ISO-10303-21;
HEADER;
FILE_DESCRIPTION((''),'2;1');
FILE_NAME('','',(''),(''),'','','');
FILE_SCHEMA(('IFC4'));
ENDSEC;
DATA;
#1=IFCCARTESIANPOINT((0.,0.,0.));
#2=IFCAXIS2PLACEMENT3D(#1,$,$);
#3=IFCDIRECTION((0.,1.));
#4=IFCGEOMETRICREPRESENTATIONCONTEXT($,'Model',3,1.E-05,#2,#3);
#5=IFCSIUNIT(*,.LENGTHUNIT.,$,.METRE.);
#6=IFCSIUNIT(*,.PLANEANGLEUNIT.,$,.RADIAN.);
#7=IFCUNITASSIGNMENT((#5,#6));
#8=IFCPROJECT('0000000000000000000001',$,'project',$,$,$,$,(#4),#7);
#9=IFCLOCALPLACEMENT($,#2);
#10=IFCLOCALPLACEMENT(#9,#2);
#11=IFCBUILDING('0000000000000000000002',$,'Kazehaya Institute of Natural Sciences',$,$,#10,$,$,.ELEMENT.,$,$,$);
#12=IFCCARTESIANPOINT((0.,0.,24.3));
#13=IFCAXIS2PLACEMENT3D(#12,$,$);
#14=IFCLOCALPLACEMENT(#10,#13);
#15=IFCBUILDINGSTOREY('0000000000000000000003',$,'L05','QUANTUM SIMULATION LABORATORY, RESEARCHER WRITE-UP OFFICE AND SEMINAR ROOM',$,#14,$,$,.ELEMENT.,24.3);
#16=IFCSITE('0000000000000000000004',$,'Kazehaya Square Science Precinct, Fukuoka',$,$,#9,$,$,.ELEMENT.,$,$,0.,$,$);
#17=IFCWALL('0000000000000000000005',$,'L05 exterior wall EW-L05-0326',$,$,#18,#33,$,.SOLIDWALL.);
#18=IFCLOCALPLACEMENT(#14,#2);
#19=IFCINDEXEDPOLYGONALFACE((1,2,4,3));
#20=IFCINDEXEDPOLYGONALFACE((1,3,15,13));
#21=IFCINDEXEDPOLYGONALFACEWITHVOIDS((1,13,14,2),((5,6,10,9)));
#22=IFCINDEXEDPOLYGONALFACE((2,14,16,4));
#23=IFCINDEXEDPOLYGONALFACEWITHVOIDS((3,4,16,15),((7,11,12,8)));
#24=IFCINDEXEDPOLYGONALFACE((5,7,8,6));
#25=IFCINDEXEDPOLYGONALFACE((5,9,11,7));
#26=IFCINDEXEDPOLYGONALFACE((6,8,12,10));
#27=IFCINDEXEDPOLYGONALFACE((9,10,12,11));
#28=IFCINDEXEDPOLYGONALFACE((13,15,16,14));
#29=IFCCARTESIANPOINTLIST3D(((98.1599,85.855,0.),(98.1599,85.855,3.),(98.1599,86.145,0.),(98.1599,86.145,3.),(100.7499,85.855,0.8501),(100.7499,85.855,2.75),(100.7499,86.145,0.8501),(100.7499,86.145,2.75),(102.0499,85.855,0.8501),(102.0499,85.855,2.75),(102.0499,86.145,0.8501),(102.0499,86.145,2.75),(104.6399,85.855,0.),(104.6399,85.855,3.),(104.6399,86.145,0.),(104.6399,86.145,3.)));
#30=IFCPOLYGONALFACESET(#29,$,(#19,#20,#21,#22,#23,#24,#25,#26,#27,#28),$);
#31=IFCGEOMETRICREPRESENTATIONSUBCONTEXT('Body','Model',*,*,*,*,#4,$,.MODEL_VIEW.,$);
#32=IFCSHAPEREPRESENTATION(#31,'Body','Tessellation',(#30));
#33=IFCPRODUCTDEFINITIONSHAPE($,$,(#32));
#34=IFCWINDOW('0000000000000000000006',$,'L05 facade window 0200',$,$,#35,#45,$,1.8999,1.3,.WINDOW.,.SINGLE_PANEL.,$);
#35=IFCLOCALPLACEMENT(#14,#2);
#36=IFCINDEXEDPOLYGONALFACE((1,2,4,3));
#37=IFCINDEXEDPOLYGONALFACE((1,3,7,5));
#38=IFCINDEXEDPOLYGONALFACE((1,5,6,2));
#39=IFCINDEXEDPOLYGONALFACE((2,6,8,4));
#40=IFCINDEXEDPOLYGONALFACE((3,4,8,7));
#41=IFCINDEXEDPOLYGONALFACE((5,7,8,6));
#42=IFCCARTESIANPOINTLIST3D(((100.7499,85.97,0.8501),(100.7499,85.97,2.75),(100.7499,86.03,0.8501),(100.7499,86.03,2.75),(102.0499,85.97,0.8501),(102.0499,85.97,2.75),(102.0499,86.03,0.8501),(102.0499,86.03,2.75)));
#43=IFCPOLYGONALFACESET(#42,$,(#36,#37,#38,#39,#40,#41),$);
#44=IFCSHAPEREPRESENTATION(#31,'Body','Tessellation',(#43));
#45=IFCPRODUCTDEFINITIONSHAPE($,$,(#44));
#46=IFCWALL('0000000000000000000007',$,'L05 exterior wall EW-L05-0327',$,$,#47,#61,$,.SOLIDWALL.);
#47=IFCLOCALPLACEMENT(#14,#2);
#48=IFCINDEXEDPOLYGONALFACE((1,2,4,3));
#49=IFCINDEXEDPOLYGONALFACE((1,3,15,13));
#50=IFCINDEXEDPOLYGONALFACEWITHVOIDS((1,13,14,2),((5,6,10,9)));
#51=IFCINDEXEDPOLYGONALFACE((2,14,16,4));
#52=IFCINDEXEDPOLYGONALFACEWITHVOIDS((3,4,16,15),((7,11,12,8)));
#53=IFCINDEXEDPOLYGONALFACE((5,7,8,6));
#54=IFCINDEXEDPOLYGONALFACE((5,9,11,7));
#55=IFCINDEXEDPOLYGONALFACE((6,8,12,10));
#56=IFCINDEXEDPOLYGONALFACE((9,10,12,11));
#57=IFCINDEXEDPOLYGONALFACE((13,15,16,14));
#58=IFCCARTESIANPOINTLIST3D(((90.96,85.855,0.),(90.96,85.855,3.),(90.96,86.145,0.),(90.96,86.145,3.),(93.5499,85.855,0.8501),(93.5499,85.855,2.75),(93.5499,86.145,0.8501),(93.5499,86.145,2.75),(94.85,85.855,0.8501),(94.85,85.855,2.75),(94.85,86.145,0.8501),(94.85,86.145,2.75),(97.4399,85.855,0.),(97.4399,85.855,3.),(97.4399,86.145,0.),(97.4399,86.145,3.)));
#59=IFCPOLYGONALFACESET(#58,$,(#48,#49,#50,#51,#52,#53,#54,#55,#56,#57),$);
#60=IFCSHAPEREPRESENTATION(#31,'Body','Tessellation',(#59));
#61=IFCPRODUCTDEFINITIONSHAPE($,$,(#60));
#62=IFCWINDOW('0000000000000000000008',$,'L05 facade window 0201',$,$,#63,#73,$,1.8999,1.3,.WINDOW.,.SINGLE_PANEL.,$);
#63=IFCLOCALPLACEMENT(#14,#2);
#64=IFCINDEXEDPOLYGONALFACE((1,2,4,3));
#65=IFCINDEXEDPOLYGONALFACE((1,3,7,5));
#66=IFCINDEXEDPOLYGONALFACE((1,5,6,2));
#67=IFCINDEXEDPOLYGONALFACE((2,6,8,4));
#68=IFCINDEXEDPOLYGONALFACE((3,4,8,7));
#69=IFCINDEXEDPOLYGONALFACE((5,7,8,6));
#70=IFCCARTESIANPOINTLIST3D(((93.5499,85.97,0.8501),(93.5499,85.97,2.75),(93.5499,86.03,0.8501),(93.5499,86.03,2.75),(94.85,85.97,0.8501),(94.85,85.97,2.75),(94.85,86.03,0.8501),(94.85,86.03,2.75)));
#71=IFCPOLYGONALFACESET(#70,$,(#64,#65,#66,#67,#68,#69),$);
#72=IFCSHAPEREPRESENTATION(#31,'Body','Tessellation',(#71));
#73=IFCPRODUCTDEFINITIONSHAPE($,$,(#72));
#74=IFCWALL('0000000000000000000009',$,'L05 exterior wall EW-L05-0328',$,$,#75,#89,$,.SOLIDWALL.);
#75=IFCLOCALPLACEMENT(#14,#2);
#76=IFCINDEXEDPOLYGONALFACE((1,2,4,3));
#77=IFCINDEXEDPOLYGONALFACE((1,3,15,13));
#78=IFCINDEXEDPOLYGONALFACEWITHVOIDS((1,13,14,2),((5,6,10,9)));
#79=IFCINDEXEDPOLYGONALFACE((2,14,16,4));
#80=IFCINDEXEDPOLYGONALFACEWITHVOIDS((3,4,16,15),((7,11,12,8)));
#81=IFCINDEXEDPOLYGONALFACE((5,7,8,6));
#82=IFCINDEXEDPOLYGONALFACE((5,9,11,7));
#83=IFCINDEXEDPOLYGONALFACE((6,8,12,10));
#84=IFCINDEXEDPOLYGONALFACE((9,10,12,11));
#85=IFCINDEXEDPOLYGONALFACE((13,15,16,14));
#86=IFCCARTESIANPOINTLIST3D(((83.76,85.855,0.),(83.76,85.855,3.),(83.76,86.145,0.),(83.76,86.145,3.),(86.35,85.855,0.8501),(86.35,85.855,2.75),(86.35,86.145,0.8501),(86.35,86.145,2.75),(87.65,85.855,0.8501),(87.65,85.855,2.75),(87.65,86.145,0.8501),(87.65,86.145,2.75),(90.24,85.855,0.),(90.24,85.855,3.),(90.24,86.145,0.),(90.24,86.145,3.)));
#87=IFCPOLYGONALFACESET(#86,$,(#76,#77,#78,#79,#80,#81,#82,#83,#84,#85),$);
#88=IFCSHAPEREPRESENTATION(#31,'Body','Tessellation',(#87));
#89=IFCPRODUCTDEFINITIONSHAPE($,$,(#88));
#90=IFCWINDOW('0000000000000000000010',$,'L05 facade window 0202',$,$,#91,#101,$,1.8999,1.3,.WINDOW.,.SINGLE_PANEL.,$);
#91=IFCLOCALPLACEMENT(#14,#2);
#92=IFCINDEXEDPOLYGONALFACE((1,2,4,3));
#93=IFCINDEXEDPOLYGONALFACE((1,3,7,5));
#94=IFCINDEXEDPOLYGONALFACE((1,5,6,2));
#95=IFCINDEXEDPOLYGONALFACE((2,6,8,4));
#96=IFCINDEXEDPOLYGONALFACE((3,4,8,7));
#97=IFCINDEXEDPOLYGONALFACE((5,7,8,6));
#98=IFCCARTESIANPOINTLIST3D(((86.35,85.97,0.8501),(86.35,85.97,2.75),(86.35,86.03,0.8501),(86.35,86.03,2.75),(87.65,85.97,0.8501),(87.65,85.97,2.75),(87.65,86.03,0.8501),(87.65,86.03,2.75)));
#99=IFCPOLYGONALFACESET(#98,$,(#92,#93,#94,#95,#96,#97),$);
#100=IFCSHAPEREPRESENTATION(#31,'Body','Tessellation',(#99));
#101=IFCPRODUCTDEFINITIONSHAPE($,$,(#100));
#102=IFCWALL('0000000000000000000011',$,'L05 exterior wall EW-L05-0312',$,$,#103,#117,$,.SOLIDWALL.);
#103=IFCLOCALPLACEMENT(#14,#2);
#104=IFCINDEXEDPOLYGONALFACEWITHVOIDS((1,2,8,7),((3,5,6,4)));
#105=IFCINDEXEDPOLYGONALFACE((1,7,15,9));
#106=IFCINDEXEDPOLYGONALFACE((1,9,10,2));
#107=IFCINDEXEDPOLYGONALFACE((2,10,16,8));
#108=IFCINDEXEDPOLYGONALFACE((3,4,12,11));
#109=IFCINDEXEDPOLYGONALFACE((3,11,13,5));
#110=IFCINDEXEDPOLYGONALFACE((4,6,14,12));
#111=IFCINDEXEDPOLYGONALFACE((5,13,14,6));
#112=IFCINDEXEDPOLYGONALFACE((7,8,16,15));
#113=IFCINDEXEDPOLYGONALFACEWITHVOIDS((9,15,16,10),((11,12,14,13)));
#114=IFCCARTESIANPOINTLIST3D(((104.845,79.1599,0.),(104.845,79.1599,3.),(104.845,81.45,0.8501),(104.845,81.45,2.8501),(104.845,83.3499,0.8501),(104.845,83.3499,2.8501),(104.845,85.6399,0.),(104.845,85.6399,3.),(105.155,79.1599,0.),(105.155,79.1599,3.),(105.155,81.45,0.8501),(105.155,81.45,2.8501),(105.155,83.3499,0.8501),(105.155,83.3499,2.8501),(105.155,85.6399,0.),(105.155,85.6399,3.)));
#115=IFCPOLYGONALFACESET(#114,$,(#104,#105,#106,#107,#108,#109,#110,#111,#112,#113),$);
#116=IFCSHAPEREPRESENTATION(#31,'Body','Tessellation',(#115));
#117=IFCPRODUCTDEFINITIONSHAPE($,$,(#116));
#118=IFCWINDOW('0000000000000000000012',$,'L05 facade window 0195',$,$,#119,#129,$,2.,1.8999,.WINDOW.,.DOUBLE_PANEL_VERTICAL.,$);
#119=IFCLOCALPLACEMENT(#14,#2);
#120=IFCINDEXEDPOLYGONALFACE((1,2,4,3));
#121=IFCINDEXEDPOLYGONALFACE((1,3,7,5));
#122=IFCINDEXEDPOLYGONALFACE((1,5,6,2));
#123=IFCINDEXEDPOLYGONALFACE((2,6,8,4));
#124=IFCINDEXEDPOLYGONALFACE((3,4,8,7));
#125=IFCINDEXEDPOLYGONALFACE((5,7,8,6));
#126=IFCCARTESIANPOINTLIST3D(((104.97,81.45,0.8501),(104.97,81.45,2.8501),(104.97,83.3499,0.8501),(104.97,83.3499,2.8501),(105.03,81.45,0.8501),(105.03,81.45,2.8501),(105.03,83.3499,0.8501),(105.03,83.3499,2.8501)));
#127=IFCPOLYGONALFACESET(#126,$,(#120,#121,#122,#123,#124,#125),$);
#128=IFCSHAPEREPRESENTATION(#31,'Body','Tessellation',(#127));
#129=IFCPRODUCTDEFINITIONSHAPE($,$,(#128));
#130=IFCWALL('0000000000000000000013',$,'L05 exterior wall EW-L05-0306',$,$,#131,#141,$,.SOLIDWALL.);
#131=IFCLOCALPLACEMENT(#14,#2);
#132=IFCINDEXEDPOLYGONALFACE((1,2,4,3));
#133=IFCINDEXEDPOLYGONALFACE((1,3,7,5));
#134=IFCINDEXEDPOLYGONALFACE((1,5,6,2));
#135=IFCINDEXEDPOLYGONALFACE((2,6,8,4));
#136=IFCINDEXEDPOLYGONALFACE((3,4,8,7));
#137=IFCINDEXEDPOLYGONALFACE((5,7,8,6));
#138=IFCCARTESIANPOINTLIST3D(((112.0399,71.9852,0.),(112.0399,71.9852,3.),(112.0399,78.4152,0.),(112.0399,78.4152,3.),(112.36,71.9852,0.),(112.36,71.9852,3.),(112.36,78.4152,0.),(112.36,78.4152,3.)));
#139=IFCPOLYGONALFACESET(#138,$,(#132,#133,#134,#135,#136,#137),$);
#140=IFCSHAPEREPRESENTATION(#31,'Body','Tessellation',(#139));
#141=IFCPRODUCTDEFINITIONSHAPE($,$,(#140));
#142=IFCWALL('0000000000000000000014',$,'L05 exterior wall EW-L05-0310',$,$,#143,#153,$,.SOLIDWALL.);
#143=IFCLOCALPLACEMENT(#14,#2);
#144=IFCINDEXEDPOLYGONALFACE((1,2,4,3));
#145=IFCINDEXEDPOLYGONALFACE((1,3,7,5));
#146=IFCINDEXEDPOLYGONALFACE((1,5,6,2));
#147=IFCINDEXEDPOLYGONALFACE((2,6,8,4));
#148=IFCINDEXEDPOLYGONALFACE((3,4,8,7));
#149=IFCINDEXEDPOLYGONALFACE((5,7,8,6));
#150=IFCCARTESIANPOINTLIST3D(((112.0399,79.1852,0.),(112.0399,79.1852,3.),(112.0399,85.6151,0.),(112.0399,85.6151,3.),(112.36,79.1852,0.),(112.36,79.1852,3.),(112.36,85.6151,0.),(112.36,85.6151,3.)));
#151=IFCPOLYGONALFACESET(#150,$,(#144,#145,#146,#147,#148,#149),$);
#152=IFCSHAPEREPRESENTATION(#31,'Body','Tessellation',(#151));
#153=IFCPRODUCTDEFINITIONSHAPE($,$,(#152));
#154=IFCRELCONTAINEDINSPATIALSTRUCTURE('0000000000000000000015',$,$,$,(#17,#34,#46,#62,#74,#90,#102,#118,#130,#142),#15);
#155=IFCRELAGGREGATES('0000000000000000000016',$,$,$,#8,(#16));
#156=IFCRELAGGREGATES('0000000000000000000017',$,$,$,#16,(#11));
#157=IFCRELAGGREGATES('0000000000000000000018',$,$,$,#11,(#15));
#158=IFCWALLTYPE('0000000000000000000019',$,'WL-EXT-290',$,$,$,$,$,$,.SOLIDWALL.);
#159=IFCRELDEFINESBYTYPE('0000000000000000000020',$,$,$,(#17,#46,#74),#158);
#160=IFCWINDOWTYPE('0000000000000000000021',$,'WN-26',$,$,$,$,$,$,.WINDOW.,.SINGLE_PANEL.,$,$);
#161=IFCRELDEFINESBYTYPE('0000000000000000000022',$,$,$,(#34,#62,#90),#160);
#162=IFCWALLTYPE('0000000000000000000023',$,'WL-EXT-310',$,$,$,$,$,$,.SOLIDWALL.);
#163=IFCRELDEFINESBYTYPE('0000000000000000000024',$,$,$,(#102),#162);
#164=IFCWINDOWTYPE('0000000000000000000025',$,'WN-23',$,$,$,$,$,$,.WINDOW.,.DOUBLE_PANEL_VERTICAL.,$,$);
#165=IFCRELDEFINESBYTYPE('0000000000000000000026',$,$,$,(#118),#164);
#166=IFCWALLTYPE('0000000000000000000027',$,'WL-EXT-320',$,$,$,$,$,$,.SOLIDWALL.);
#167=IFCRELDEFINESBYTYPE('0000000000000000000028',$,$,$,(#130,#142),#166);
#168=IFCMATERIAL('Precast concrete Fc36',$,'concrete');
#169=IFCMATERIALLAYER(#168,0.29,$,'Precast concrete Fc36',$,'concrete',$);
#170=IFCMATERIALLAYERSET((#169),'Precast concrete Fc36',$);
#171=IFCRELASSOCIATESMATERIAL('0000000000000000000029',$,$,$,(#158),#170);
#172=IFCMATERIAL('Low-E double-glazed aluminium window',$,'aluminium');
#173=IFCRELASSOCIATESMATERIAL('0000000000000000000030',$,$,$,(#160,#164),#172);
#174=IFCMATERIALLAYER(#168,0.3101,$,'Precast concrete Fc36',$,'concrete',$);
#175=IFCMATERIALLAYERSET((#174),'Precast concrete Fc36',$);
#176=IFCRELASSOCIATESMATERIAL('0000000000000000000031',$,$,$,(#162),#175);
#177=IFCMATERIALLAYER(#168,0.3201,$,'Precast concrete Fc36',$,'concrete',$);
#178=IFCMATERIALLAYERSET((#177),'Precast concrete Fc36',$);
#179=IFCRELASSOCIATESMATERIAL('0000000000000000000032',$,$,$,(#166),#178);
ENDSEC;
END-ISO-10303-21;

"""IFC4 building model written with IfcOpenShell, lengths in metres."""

from ifc_helpers import new_model, si_unit, direction, frame, frame_2d, origin, place, context, subcontext, project, spatial, rectangle, extrude, material, layer, layer_set, type_object, element, fill, save


model = new_model("IFC4")

# Units and contexts
model_context = context("Model", 3, precision=1e-05, world=origin(), true_north=direction((0.0, 1.0)))
body_context = subcontext(model_context, "Body", "Model", "MODEL_VIEW")
ifc_project = project(units=[si_unit("LENGTHUNIT", "METRE"), si_unit("PLANEANGLEUNIT", "RADIAN")], contexts=[model_context])

# Site, building, storey
site_placement = place(None, origin())
site = spatial("IfcSite", under=ifc_project, at=site_placement, Name="Kazehaya Square Science Precinct, Fukuoka", CompositionType="ELEMENT", RefElevation=0.0)
building_placement = place(site_placement, origin())
building = spatial("IfcBuilding", under=site, at=building_placement, Name="Kazehaya Institute of Natural Sciences", CompositionType="ELEMENT")
storey_placement = place(building_placement, frame((0.0, 0.0, 24.3)))
storey = spatial("IfcBuildingStorey", under=building, at=storey_placement, Name="L05", Description="QUANTUM SIMULATION LABORATORY, RESEARCHER WRITE-UP OFFICE AND SEMINAR ROOM", CompositionType="ELEMENT", Elevation=24.3)

# Walls, openings, windows
ifc_material_1 = material(Name="Precast concrete Fc36", Category="concrete")
ifc_layer_1 = layer(ifc_material_1, 0.29, Name="Precast concrete Fc36", Category="concrete")
ifc_layer_set_1 = layer_set([ifc_layer_1], Name="Precast concrete Fc36")
wall_type_1 = type_object("IfcWallType", Name="WL-EXT-290", PredefinedType="SOLIDWALL", material=ifc_layer_set_1)
wall_1_placement = place(storey_placement, frame((104.6399, 86.0, 0.0), z_axis=(0.0, 0.0, 1.0), x_axis=(-1.0, 0.0, 0.0)))
wall_1 = element("IfcWall", 1, at=wall_1_placement, inside=storey, type_object=wall_type_1, Name="L05 exterior wall EW-L05-0326", PredefinedType="SOLIDWALL", context=body_context, shape_type="SweptSolid", body=[
    extrude(rectangle(XDim=6.48, YDim=0.29, at=frame_2d((3.24, 0.0))), origin(), (0.0, 0.0, 1.0), 3.0),
])
opening_1_placement = place(wall_1_placement, frame((2.5901, 0.0, 0.8501)))
opening_1 = element("IfcOpeningElement", 2, at=opening_1_placement, cuts=wall_1, PredefinedType="OPENING", context=body_context, shape_type="SweptSolid", body=[
    extrude(rectangle(XDim=1.3, YDim=1.8999, at=frame_2d((0.6499, 0.95))), frame((0.0, 0.155, 0.0), z_axis=(0.0, -1.0, 0.0), x_axis=(1.0, 0.0, 0.0)), (0.0, 0.0, 1.0), 0.3101),
])
ifc_material_2 = material(Name="Low-E double-glazed aluminium window", Category="aluminium")
window_type_1 = type_object("IfcWindowType", Name="WN-26", PartitioningType="SINGLE_PANEL", PredefinedType="WINDOW", material=ifc_material_2)
window_1_placement = place(opening_1_placement, origin())
window_1 = element("IfcWindow", 3, at=window_1_placement, inside=storey, type_object=window_type_1, Name="L05 facade window 0200", OverallHeight=1.8999, OverallWidth=1.3, PartitioningType="SINGLE_PANEL", PredefinedType="WINDOW", context=body_context, shape_type="SweptSolid", body=[
    extrude(rectangle(XDim=1.3, YDim=1.8999, at=frame_2d((0.6499, 0.95))), frame((0.0, 0.03, 0.0), z_axis=(0.0, -1.0, 0.0), x_axis=(1.0, 0.0, 0.0)), (0.0, 0.0, 1.0), 0.0601),
])
fill(opening_1, window_1)
wall_2_placement = place(storey_placement, frame((97.4399, 86.0, 0.0), z_axis=(0.0, 0.0, 1.0), x_axis=(-1.0, 0.0, 0.0)))
wall_2 = element("IfcWall", 4, at=wall_2_placement, inside=storey, type_object=wall_type_1, Name="L05 exterior wall EW-L05-0327", PredefinedType="SOLIDWALL", context=body_context, shape_type="SweptSolid", body=[
    extrude(rectangle(XDim=6.48, YDim=0.29, at=frame_2d((3.24, 0.0))), origin(), (0.0, 0.0, 1.0), 3.0),
])
opening_2_placement = place(wall_2_placement, frame((2.5901, 0.0, 0.8501)))
opening_2 = element("IfcOpeningElement", 5, at=opening_2_placement, cuts=wall_2, PredefinedType="OPENING", context=body_context, shape_type="SweptSolid", body=[
    extrude(rectangle(XDim=1.3, YDim=1.8999, at=frame_2d((0.6499, 0.95))), frame((0.0, 0.155, 0.0), z_axis=(0.0, -1.0, 0.0), x_axis=(1.0, 0.0, 0.0)), (0.0, 0.0, 1.0), 0.3101),
])
window_2_placement = place(opening_2_placement, origin())
window_2 = element("IfcWindow", 6, at=window_2_placement, inside=storey, type_object=window_type_1, Name="L05 facade window 0201", OverallHeight=1.8999, OverallWidth=1.3, PartitioningType="SINGLE_PANEL", PredefinedType="WINDOW", context=body_context, shape_type="SweptSolid", body=[
    extrude(rectangle(XDim=1.3, YDim=1.8999, at=frame_2d((0.6499, 0.95))), frame((0.0, 0.03, 0.0), z_axis=(0.0, -1.0, 0.0), x_axis=(1.0, 0.0, 0.0)), (0.0, 0.0, 1.0), 0.0601),
])
fill(opening_2, window_2)
wall_3_placement = place(storey_placement, frame((90.24, 86.0, 0.0), z_axis=(0.0, 0.0, 1.0), x_axis=(-1.0, 0.0, 0.0)))
wall_3 = element("IfcWall", 7, at=wall_3_placement, inside=storey, type_object=wall_type_1, Name="L05 exterior wall EW-L05-0328", PredefinedType="SOLIDWALL", context=body_context, shape_type="SweptSolid", body=[
    extrude(rectangle(XDim=6.48, YDim=0.29, at=frame_2d((3.24, 0.0))), origin(), (0.0, 0.0, 1.0), 3.0),
])
opening_3_placement = place(wall_3_placement, frame((2.5901, 0.0, 0.8501)))
opening_3 = element("IfcOpeningElement", 8, at=opening_3_placement, cuts=wall_3, PredefinedType="OPENING", context=body_context, shape_type="SweptSolid", body=[
    extrude(rectangle(XDim=1.3, YDim=1.8999, at=frame_2d((0.6499, 0.95))), frame((0.0, 0.155, 0.0), z_axis=(0.0, -1.0, 0.0), x_axis=(1.0, 0.0, 0.0)), (0.0, 0.0, 1.0), 0.3101),
])
window_3_placement = place(opening_3_placement, origin())
window_3 = element("IfcWindow", 9, at=window_3_placement, inside=storey, type_object=window_type_1, Name="L05 facade window 0202", OverallHeight=1.8999, OverallWidth=1.3, PartitioningType="SINGLE_PANEL", PredefinedType="WINDOW", context=body_context, shape_type="SweptSolid", body=[
    extrude(rectangle(XDim=1.3, YDim=1.8999, at=frame_2d((0.6499, 0.95))), frame((0.0, 0.03, 0.0), z_axis=(0.0, -1.0, 0.0), x_axis=(1.0, 0.0, 0.0)), (0.0, 0.0, 1.0), 0.0601),
])
fill(opening_3, window_3)
ifc_layer_2 = layer(ifc_material_1, 0.3101, Name="Precast concrete Fc36", Category="concrete")
ifc_layer_set_2 = layer_set([ifc_layer_2], Name="Precast concrete Fc36")
wall_type_2 = type_object("IfcWallType", Name="WL-EXT-310", PredefinedType="SOLIDWALL", material=ifc_layer_set_2)
wall_4_placement = place(storey_placement, frame((105.0, 79.1599, 0.0), z_axis=(0.0, 0.0, 1.0), x_axis=(0.0, 1.0, 0.0)))
wall_4 = element("IfcWall", 10, at=wall_4_placement, inside=storey, type_object=wall_type_2, Name="L05 exterior wall EW-L05-0312", PredefinedType="SOLIDWALL", context=body_context, shape_type="SweptSolid", body=[
    extrude(rectangle(XDim=6.48, YDim=0.3101, at=frame_2d((3.24, 0.0))), origin(), (0.0, 0.0, 1.0), 3.0),
])
opening_4_placement = place(wall_4_placement, frame((2.29, 0.0, 0.8501)))
opening_4 = element("IfcOpeningElement", 11, at=opening_4_placement, cuts=wall_4, PredefinedType="OPENING", context=body_context, shape_type="SweptSolid", body=[
    extrude(rectangle(XDim=1.8999, YDim=2.0, at=frame_2d((0.95, 1.0))), frame((0.0, 0.165, 0.0), z_axis=(0.0, -1.0, 0.0), x_axis=(1.0, 0.0, 0.0)), (0.0, 0.0, 1.0), 0.3301),
])
window_type_2 = type_object("IfcWindowType", Name="WN-23", PartitioningType="DOUBLE_PANEL_VERTICAL", PredefinedType="WINDOW", material=ifc_material_2)
window_4_placement = place(opening_4_placement, origin())
window_4 = element("IfcWindow", 12, at=window_4_placement, inside=storey, type_object=window_type_2, Name="L05 facade window 0195", OverallHeight=2.0, OverallWidth=1.8999, PartitioningType="DOUBLE_PANEL_VERTICAL", PredefinedType="WINDOW", context=body_context, shape_type="SweptSolid", body=[
    extrude(rectangle(XDim=1.8999, YDim=2.0, at=frame_2d((0.95, 1.0))), frame((0.0, 0.03, 0.0), z_axis=(0.0, -1.0, 0.0), x_axis=(1.0, 0.0, 0.0)), (0.0, 0.0, 1.0), 0.0601),
])
fill(opening_4, window_4)

# Walls
ifc_layer_3 = layer(ifc_material_1, 0.3201, Name="Precast concrete Fc36", Category="concrete")
ifc_layer_set_3 = layer_set([ifc_layer_3], Name="Precast concrete Fc36")
wall_type_3 = type_object("IfcWallType", Name="WL-EXT-320", PredefinedType="SOLIDWALL", material=ifc_layer_set_3)
for number, where, z_axis, x_axis, name in (
    (13, (112.2, 78.415, 0.0), (0.0, 0.0, 1.0), (0.0, -1.0, 0.0), "L05 exterior wall EW-L05-0306"),
    (14, (112.2, 85.615, 0.0), (0.0, 0.0, 1.0), (0.0, -1.0, 0.0), "L05 exterior wall EW-L05-0310"),
):
    element("IfcWall", number, at=place(storey_placement, frame(where, z_axis=z_axis, x_axis=x_axis)), inside=storey, type_object=wall_type_3, Name=name, PredefinedType="SOLIDWALL", context=body_context, shape_type="SweptSolid", body=[
        extrude(rectangle(XDim=6.4299, YDim=0.3201, at=frame_2d((3.2148, 0.0))), origin(), (0.0, 0.0, 1.0), 3.0),
    ])

save(model, "model.ifc")
